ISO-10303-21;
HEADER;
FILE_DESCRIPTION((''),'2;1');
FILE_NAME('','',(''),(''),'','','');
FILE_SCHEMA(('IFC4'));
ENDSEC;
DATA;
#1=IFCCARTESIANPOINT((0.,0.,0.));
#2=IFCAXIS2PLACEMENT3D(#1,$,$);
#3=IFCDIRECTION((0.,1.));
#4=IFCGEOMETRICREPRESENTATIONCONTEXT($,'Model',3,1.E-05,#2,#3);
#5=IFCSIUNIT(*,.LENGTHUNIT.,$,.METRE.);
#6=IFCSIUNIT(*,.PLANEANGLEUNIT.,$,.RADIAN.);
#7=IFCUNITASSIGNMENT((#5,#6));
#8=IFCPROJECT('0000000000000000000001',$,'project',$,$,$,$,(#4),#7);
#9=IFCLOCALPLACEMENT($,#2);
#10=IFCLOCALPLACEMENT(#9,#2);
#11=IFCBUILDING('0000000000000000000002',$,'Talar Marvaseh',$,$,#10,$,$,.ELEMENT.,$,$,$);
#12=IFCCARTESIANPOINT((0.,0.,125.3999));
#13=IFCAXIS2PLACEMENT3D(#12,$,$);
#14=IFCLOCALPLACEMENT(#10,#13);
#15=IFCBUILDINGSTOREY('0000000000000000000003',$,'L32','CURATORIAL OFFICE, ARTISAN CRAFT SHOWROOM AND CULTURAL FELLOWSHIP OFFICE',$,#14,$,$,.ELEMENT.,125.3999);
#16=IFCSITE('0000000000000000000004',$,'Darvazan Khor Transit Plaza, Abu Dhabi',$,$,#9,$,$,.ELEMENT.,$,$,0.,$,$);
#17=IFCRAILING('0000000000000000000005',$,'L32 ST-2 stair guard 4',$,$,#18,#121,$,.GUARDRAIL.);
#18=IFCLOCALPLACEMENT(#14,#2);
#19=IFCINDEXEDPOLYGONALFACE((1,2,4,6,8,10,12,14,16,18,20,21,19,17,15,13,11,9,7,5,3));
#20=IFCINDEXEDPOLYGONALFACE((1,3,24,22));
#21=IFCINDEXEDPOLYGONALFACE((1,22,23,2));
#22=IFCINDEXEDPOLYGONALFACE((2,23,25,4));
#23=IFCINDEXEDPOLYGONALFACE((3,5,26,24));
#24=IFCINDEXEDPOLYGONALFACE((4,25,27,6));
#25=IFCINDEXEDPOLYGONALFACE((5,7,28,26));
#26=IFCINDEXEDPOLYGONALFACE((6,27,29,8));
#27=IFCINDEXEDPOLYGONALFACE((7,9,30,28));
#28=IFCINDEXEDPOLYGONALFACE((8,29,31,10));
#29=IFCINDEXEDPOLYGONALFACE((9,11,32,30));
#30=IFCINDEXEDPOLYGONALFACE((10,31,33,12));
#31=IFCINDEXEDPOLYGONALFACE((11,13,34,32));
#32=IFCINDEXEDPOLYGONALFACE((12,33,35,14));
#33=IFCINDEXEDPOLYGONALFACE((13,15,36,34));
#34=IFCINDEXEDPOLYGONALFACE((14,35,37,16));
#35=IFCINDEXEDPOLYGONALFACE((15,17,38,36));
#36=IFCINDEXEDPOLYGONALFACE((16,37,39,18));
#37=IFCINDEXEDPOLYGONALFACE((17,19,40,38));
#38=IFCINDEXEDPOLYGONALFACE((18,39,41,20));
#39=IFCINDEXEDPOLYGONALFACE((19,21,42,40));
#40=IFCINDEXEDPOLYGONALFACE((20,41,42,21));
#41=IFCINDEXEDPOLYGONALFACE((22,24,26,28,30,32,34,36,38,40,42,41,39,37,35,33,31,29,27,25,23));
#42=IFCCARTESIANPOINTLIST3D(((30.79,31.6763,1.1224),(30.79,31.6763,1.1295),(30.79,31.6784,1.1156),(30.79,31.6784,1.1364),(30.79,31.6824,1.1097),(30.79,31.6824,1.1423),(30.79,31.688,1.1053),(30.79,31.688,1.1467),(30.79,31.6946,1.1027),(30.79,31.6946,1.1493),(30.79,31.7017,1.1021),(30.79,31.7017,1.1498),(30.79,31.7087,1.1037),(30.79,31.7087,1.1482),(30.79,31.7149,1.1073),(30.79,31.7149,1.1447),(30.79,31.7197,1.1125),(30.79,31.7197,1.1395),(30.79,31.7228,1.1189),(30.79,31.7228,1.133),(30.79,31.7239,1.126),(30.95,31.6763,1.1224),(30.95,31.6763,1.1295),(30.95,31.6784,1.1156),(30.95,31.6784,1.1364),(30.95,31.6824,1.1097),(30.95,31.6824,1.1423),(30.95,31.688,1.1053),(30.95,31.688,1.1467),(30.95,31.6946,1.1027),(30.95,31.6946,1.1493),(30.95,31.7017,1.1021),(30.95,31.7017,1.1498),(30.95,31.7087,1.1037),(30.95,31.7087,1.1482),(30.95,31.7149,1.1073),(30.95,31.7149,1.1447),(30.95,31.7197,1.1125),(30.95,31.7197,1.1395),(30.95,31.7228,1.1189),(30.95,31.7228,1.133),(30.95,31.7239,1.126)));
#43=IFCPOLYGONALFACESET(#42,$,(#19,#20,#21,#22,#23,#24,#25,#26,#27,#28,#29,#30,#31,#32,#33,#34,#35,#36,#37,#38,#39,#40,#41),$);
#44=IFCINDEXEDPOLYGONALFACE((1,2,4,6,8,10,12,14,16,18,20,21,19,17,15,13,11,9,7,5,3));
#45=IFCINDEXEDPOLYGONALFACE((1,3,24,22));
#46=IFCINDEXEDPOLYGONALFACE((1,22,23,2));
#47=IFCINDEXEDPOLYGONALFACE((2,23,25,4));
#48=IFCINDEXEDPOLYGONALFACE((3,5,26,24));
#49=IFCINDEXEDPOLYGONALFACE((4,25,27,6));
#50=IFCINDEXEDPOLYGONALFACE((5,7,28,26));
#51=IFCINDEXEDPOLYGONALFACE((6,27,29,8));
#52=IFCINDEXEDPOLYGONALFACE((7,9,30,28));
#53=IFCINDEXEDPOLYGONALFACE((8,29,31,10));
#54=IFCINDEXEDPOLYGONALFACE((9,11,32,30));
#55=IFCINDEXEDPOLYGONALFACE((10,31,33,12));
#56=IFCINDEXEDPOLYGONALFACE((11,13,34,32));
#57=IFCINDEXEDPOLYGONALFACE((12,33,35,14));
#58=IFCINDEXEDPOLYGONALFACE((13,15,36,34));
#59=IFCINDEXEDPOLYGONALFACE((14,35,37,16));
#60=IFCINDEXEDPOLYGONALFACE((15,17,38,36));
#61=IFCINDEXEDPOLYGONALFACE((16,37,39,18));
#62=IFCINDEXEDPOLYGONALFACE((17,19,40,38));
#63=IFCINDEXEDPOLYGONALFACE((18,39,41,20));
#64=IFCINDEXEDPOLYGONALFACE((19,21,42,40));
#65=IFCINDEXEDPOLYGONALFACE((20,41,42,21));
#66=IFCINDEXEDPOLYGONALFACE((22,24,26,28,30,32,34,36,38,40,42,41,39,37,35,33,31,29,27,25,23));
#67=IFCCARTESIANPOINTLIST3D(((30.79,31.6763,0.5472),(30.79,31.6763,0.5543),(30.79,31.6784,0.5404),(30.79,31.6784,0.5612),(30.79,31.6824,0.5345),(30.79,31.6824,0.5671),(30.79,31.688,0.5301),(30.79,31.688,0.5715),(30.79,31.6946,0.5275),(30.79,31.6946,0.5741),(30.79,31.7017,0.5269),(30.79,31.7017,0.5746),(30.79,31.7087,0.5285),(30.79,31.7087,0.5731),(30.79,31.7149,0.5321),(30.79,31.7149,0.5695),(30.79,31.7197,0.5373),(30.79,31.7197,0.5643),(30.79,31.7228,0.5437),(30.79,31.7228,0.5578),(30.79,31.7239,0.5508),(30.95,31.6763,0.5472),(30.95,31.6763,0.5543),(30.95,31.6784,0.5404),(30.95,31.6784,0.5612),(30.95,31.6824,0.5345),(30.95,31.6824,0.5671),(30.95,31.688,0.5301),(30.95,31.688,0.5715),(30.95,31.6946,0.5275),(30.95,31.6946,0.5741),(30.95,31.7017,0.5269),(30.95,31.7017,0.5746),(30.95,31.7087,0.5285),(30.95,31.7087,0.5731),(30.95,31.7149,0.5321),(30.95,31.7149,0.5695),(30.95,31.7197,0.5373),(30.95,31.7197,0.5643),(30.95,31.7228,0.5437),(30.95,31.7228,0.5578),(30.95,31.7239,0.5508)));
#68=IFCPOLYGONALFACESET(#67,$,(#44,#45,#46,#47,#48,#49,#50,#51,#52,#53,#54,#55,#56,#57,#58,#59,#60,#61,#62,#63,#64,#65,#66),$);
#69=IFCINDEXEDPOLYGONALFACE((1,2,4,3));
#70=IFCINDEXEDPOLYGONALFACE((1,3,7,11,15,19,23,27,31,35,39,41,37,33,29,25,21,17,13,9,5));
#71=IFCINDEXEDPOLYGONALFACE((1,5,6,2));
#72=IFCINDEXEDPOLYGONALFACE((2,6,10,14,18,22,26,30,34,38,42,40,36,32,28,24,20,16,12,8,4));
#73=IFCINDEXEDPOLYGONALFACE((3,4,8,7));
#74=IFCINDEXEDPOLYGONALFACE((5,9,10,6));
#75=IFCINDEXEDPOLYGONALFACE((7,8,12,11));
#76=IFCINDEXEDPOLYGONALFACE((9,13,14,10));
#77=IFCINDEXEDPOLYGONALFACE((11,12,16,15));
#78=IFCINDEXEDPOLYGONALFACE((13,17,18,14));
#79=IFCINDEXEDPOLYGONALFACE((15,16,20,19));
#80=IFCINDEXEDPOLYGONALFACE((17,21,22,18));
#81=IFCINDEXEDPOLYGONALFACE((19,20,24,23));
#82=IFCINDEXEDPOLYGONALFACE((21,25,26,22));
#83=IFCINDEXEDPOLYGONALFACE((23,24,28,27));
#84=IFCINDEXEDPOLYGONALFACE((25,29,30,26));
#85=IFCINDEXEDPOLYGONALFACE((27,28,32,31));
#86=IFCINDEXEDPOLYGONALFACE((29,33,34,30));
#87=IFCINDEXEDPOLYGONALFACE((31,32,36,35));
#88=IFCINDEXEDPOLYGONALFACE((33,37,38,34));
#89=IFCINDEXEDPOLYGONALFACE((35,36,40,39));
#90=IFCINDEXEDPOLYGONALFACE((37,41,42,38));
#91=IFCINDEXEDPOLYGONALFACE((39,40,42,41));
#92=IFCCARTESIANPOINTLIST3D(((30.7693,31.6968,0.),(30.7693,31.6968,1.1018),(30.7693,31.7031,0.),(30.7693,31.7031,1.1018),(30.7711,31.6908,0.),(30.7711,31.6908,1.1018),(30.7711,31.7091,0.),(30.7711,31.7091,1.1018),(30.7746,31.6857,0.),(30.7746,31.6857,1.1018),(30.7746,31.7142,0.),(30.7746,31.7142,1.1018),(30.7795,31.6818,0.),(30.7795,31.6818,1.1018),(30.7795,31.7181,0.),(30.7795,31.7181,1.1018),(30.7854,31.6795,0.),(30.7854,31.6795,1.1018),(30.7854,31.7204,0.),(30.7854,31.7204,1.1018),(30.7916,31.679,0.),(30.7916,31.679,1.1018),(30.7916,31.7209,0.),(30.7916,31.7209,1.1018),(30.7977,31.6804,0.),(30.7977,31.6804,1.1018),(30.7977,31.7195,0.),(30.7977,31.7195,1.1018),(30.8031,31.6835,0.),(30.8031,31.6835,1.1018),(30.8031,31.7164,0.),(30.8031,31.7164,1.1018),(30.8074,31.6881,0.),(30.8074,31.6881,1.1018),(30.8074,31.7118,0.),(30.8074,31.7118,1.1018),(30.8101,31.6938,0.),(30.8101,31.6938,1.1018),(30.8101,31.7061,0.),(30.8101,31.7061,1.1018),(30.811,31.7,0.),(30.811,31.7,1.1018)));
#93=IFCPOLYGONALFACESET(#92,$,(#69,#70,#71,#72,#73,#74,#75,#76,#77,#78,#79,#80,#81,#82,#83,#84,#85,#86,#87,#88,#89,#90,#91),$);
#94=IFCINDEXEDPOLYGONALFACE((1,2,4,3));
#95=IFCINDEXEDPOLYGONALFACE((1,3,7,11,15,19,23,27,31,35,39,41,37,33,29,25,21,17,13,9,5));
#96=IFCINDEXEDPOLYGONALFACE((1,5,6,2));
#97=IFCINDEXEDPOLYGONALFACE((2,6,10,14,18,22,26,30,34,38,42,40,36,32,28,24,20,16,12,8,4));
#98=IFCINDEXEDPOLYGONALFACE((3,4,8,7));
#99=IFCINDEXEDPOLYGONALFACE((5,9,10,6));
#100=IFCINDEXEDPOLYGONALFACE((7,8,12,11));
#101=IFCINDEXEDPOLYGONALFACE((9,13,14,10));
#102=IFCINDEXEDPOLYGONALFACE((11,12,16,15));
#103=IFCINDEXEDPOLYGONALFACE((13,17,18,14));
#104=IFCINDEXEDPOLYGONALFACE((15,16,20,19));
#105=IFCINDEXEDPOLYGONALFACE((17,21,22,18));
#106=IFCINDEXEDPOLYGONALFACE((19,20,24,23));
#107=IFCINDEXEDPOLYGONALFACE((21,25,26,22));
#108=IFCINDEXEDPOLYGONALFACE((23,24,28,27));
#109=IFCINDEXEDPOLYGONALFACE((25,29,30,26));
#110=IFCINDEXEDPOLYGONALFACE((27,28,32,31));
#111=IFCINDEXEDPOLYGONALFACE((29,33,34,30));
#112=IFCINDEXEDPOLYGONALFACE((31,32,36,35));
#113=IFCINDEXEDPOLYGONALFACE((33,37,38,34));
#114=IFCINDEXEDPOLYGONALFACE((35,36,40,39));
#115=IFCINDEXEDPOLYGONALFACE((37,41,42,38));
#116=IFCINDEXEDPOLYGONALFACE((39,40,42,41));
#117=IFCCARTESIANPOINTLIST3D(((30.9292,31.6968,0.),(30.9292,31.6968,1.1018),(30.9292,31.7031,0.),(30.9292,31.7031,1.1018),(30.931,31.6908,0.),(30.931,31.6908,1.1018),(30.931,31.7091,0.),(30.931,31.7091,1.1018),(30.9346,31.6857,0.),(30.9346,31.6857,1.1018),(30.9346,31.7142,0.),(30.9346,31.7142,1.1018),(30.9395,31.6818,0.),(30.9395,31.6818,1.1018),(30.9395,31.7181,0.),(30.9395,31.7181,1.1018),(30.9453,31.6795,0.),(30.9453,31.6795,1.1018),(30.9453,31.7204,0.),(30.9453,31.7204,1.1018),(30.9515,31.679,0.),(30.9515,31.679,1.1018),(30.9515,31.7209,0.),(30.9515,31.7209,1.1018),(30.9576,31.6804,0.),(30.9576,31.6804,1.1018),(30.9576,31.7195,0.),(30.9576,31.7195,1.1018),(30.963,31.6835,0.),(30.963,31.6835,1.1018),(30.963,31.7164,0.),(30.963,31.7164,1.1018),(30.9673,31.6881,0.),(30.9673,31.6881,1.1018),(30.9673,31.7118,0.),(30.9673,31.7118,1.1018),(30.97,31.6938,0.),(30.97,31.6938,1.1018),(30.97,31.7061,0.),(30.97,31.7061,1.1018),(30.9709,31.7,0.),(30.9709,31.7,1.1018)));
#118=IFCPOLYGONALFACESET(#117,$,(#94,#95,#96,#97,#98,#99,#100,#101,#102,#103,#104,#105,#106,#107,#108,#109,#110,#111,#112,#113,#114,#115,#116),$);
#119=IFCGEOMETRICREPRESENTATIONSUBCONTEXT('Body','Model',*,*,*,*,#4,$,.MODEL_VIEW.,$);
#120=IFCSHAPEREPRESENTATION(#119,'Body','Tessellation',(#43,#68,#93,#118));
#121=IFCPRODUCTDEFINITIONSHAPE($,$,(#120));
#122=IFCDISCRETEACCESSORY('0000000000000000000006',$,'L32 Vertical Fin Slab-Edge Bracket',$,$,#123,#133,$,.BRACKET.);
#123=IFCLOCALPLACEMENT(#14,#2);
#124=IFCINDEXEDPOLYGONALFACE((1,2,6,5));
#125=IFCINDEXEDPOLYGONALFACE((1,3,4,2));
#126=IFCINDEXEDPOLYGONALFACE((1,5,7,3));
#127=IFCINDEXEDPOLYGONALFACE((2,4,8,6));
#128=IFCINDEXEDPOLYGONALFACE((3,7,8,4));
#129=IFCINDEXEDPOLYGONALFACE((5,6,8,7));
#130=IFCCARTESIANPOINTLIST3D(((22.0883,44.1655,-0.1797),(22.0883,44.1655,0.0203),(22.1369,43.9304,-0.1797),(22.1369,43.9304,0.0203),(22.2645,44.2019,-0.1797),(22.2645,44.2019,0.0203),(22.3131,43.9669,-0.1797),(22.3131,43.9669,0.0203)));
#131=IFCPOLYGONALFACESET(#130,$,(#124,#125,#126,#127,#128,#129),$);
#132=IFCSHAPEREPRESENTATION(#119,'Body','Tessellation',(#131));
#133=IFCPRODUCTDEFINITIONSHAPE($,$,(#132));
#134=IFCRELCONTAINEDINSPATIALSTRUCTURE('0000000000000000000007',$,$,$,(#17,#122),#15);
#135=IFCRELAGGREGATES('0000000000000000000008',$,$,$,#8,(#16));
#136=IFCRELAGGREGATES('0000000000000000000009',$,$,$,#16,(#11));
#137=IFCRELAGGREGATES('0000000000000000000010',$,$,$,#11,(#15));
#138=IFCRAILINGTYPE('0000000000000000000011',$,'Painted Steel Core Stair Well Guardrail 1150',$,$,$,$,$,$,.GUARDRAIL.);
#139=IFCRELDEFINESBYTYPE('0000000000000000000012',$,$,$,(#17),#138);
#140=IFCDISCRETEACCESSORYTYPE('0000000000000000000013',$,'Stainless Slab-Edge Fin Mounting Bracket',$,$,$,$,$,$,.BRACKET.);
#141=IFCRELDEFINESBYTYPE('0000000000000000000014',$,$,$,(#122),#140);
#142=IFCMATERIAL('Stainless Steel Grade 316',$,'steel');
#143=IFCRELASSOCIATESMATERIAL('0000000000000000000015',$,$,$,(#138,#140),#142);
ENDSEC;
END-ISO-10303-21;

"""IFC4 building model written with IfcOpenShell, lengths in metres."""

from ifc_helpers import new_model, si_unit, direction, frame, origin, origin_2d, place, context, subcontext, project, spatial, rectangle, circle, extrude, source, transform, mapped, material, type_object, type_shapes, element, save


model = new_model("IFC4")

# Units and contexts
model_context = context("Model", 3, precision=1e-05, world=origin(), true_north=direction((0.0, 1.0)))
body_context = subcontext(model_context, "Body", "Model", "MODEL_VIEW")
ifc_project = project(units=[si_unit("LENGTHUNIT", "METRE"), si_unit("PLANEANGLEUNIT", "RADIAN")], contexts=[model_context])

# Site, building, storey
site_placement = place(None, origin())
site = spatial("IfcSite", under=ifc_project, at=site_placement, Name="Darvazan Khor Transit Plaza, Abu Dhabi", CompositionType="ELEMENT", RefElevation=0.0)
building_placement = place(site_placement, origin())
building = spatial("IfcBuilding", under=site, at=building_placement, Name="Talar Marvaseh", CompositionType="ELEMENT")
storey_placement = place(building_placement, frame((0.0, 0.0, 125.3999)))
storey = spatial("IfcBuildingStorey", under=building, at=storey_placement, Name="L32", Description="CURATORIAL OFFICE, ARTISAN CRAFT SHOWROOM AND CULTURAL FELLOWSHIP OFFICE", CompositionType="ELEMENT", Elevation=125.3999)

# Shared definitions
ifc_material_1 = material(Name="Stainless Steel Grade 316", Category="steel")

# Railing
railing_type_1 = type_object("IfcRailingType", Name="Painted Steel Core Stair Well Guardrail 1150", PredefinedType="GUARDRAIL", material=ifc_material_1)
railing_1_placement = place(storey_placement, frame((30.79, 31.7, 0.0)))
element("IfcRailing", 1, at=railing_1_placement, inside=storey, type_object=railing_type_1, Name="L32 ST-2 stair guard 4", PredefinedType="GUARDRAIL", context=body_context, shape_type="SweptSolid", body=[
    extrude(circle(Radius=0.0239, at=origin_2d()), frame((0.0, 0.0, 1.126), z_axis=(1.0, 0.0, 0.0), x_axis=(0.0, 1.0, 0.0)), (0.0, 0.0, 1.0), 0.1599),
    extrude(circle(Radius=0.0239, at=origin_2d()), frame((0.0, 0.0, 0.5508), z_axis=(1.0, 0.0, 0.0), x_axis=(0.0, 1.0, 0.0)), (0.0, 0.0, 1.0), 0.1599),
    extrude(circle(Radius=0.021, at=origin_2d()), origin(), (0.0, 0.0, 1.0), 1.1018),
    extrude(circle(Radius=0.021, at=origin_2d()), frame((0.1599, 0.0, 0.0)), (0.0, 0.0, 1.0), 1.1018),
])

# Discrete accessory
discrete_accessory_type = type_object("IfcDiscreteAccessoryType", Name="Stainless Slab-Edge Fin Mounting Bracket", PredefinedType="BRACKET", material=ifc_material_1)
shared_shape_1 = source(origin(), body_context, "Body", "SweptSolid", [
    extrude(rectangle(XDim=0.24, YDim=0.1799, at=origin_2d()), origin(), (0.0, 0.0, 1.0), 0.2),
])
type_shapes(discrete_accessory_type, [shared_shape_1])
discrete_accessory_placement = place(storey_placement, frame((22.2007, 44.0662, -0.1797), z_axis=(0.0, 0.0, 1.0), x_axis=(-0.202445, 0.979294, 0.0)))
element("IfcDiscreteAccessory", 2, at=discrete_accessory_placement, inside=storey, type_object=discrete_accessory_type, Name="L32 Vertical Fin Slab-Edge Bracket", PredefinedType="BRACKET", context=body_context, shape_type="MappedRepresentation", body=[
    mapped(shared_shape_1, transform((0.0, 0.0, 0.0), x_axis=(1.0, 0.0, 0.0), y_axis=(0.0, 1.0, 0.0), z_axis=(0.0, 0.0, 1.0), scale=1.0)),
])

save(model, "model.ifc")
